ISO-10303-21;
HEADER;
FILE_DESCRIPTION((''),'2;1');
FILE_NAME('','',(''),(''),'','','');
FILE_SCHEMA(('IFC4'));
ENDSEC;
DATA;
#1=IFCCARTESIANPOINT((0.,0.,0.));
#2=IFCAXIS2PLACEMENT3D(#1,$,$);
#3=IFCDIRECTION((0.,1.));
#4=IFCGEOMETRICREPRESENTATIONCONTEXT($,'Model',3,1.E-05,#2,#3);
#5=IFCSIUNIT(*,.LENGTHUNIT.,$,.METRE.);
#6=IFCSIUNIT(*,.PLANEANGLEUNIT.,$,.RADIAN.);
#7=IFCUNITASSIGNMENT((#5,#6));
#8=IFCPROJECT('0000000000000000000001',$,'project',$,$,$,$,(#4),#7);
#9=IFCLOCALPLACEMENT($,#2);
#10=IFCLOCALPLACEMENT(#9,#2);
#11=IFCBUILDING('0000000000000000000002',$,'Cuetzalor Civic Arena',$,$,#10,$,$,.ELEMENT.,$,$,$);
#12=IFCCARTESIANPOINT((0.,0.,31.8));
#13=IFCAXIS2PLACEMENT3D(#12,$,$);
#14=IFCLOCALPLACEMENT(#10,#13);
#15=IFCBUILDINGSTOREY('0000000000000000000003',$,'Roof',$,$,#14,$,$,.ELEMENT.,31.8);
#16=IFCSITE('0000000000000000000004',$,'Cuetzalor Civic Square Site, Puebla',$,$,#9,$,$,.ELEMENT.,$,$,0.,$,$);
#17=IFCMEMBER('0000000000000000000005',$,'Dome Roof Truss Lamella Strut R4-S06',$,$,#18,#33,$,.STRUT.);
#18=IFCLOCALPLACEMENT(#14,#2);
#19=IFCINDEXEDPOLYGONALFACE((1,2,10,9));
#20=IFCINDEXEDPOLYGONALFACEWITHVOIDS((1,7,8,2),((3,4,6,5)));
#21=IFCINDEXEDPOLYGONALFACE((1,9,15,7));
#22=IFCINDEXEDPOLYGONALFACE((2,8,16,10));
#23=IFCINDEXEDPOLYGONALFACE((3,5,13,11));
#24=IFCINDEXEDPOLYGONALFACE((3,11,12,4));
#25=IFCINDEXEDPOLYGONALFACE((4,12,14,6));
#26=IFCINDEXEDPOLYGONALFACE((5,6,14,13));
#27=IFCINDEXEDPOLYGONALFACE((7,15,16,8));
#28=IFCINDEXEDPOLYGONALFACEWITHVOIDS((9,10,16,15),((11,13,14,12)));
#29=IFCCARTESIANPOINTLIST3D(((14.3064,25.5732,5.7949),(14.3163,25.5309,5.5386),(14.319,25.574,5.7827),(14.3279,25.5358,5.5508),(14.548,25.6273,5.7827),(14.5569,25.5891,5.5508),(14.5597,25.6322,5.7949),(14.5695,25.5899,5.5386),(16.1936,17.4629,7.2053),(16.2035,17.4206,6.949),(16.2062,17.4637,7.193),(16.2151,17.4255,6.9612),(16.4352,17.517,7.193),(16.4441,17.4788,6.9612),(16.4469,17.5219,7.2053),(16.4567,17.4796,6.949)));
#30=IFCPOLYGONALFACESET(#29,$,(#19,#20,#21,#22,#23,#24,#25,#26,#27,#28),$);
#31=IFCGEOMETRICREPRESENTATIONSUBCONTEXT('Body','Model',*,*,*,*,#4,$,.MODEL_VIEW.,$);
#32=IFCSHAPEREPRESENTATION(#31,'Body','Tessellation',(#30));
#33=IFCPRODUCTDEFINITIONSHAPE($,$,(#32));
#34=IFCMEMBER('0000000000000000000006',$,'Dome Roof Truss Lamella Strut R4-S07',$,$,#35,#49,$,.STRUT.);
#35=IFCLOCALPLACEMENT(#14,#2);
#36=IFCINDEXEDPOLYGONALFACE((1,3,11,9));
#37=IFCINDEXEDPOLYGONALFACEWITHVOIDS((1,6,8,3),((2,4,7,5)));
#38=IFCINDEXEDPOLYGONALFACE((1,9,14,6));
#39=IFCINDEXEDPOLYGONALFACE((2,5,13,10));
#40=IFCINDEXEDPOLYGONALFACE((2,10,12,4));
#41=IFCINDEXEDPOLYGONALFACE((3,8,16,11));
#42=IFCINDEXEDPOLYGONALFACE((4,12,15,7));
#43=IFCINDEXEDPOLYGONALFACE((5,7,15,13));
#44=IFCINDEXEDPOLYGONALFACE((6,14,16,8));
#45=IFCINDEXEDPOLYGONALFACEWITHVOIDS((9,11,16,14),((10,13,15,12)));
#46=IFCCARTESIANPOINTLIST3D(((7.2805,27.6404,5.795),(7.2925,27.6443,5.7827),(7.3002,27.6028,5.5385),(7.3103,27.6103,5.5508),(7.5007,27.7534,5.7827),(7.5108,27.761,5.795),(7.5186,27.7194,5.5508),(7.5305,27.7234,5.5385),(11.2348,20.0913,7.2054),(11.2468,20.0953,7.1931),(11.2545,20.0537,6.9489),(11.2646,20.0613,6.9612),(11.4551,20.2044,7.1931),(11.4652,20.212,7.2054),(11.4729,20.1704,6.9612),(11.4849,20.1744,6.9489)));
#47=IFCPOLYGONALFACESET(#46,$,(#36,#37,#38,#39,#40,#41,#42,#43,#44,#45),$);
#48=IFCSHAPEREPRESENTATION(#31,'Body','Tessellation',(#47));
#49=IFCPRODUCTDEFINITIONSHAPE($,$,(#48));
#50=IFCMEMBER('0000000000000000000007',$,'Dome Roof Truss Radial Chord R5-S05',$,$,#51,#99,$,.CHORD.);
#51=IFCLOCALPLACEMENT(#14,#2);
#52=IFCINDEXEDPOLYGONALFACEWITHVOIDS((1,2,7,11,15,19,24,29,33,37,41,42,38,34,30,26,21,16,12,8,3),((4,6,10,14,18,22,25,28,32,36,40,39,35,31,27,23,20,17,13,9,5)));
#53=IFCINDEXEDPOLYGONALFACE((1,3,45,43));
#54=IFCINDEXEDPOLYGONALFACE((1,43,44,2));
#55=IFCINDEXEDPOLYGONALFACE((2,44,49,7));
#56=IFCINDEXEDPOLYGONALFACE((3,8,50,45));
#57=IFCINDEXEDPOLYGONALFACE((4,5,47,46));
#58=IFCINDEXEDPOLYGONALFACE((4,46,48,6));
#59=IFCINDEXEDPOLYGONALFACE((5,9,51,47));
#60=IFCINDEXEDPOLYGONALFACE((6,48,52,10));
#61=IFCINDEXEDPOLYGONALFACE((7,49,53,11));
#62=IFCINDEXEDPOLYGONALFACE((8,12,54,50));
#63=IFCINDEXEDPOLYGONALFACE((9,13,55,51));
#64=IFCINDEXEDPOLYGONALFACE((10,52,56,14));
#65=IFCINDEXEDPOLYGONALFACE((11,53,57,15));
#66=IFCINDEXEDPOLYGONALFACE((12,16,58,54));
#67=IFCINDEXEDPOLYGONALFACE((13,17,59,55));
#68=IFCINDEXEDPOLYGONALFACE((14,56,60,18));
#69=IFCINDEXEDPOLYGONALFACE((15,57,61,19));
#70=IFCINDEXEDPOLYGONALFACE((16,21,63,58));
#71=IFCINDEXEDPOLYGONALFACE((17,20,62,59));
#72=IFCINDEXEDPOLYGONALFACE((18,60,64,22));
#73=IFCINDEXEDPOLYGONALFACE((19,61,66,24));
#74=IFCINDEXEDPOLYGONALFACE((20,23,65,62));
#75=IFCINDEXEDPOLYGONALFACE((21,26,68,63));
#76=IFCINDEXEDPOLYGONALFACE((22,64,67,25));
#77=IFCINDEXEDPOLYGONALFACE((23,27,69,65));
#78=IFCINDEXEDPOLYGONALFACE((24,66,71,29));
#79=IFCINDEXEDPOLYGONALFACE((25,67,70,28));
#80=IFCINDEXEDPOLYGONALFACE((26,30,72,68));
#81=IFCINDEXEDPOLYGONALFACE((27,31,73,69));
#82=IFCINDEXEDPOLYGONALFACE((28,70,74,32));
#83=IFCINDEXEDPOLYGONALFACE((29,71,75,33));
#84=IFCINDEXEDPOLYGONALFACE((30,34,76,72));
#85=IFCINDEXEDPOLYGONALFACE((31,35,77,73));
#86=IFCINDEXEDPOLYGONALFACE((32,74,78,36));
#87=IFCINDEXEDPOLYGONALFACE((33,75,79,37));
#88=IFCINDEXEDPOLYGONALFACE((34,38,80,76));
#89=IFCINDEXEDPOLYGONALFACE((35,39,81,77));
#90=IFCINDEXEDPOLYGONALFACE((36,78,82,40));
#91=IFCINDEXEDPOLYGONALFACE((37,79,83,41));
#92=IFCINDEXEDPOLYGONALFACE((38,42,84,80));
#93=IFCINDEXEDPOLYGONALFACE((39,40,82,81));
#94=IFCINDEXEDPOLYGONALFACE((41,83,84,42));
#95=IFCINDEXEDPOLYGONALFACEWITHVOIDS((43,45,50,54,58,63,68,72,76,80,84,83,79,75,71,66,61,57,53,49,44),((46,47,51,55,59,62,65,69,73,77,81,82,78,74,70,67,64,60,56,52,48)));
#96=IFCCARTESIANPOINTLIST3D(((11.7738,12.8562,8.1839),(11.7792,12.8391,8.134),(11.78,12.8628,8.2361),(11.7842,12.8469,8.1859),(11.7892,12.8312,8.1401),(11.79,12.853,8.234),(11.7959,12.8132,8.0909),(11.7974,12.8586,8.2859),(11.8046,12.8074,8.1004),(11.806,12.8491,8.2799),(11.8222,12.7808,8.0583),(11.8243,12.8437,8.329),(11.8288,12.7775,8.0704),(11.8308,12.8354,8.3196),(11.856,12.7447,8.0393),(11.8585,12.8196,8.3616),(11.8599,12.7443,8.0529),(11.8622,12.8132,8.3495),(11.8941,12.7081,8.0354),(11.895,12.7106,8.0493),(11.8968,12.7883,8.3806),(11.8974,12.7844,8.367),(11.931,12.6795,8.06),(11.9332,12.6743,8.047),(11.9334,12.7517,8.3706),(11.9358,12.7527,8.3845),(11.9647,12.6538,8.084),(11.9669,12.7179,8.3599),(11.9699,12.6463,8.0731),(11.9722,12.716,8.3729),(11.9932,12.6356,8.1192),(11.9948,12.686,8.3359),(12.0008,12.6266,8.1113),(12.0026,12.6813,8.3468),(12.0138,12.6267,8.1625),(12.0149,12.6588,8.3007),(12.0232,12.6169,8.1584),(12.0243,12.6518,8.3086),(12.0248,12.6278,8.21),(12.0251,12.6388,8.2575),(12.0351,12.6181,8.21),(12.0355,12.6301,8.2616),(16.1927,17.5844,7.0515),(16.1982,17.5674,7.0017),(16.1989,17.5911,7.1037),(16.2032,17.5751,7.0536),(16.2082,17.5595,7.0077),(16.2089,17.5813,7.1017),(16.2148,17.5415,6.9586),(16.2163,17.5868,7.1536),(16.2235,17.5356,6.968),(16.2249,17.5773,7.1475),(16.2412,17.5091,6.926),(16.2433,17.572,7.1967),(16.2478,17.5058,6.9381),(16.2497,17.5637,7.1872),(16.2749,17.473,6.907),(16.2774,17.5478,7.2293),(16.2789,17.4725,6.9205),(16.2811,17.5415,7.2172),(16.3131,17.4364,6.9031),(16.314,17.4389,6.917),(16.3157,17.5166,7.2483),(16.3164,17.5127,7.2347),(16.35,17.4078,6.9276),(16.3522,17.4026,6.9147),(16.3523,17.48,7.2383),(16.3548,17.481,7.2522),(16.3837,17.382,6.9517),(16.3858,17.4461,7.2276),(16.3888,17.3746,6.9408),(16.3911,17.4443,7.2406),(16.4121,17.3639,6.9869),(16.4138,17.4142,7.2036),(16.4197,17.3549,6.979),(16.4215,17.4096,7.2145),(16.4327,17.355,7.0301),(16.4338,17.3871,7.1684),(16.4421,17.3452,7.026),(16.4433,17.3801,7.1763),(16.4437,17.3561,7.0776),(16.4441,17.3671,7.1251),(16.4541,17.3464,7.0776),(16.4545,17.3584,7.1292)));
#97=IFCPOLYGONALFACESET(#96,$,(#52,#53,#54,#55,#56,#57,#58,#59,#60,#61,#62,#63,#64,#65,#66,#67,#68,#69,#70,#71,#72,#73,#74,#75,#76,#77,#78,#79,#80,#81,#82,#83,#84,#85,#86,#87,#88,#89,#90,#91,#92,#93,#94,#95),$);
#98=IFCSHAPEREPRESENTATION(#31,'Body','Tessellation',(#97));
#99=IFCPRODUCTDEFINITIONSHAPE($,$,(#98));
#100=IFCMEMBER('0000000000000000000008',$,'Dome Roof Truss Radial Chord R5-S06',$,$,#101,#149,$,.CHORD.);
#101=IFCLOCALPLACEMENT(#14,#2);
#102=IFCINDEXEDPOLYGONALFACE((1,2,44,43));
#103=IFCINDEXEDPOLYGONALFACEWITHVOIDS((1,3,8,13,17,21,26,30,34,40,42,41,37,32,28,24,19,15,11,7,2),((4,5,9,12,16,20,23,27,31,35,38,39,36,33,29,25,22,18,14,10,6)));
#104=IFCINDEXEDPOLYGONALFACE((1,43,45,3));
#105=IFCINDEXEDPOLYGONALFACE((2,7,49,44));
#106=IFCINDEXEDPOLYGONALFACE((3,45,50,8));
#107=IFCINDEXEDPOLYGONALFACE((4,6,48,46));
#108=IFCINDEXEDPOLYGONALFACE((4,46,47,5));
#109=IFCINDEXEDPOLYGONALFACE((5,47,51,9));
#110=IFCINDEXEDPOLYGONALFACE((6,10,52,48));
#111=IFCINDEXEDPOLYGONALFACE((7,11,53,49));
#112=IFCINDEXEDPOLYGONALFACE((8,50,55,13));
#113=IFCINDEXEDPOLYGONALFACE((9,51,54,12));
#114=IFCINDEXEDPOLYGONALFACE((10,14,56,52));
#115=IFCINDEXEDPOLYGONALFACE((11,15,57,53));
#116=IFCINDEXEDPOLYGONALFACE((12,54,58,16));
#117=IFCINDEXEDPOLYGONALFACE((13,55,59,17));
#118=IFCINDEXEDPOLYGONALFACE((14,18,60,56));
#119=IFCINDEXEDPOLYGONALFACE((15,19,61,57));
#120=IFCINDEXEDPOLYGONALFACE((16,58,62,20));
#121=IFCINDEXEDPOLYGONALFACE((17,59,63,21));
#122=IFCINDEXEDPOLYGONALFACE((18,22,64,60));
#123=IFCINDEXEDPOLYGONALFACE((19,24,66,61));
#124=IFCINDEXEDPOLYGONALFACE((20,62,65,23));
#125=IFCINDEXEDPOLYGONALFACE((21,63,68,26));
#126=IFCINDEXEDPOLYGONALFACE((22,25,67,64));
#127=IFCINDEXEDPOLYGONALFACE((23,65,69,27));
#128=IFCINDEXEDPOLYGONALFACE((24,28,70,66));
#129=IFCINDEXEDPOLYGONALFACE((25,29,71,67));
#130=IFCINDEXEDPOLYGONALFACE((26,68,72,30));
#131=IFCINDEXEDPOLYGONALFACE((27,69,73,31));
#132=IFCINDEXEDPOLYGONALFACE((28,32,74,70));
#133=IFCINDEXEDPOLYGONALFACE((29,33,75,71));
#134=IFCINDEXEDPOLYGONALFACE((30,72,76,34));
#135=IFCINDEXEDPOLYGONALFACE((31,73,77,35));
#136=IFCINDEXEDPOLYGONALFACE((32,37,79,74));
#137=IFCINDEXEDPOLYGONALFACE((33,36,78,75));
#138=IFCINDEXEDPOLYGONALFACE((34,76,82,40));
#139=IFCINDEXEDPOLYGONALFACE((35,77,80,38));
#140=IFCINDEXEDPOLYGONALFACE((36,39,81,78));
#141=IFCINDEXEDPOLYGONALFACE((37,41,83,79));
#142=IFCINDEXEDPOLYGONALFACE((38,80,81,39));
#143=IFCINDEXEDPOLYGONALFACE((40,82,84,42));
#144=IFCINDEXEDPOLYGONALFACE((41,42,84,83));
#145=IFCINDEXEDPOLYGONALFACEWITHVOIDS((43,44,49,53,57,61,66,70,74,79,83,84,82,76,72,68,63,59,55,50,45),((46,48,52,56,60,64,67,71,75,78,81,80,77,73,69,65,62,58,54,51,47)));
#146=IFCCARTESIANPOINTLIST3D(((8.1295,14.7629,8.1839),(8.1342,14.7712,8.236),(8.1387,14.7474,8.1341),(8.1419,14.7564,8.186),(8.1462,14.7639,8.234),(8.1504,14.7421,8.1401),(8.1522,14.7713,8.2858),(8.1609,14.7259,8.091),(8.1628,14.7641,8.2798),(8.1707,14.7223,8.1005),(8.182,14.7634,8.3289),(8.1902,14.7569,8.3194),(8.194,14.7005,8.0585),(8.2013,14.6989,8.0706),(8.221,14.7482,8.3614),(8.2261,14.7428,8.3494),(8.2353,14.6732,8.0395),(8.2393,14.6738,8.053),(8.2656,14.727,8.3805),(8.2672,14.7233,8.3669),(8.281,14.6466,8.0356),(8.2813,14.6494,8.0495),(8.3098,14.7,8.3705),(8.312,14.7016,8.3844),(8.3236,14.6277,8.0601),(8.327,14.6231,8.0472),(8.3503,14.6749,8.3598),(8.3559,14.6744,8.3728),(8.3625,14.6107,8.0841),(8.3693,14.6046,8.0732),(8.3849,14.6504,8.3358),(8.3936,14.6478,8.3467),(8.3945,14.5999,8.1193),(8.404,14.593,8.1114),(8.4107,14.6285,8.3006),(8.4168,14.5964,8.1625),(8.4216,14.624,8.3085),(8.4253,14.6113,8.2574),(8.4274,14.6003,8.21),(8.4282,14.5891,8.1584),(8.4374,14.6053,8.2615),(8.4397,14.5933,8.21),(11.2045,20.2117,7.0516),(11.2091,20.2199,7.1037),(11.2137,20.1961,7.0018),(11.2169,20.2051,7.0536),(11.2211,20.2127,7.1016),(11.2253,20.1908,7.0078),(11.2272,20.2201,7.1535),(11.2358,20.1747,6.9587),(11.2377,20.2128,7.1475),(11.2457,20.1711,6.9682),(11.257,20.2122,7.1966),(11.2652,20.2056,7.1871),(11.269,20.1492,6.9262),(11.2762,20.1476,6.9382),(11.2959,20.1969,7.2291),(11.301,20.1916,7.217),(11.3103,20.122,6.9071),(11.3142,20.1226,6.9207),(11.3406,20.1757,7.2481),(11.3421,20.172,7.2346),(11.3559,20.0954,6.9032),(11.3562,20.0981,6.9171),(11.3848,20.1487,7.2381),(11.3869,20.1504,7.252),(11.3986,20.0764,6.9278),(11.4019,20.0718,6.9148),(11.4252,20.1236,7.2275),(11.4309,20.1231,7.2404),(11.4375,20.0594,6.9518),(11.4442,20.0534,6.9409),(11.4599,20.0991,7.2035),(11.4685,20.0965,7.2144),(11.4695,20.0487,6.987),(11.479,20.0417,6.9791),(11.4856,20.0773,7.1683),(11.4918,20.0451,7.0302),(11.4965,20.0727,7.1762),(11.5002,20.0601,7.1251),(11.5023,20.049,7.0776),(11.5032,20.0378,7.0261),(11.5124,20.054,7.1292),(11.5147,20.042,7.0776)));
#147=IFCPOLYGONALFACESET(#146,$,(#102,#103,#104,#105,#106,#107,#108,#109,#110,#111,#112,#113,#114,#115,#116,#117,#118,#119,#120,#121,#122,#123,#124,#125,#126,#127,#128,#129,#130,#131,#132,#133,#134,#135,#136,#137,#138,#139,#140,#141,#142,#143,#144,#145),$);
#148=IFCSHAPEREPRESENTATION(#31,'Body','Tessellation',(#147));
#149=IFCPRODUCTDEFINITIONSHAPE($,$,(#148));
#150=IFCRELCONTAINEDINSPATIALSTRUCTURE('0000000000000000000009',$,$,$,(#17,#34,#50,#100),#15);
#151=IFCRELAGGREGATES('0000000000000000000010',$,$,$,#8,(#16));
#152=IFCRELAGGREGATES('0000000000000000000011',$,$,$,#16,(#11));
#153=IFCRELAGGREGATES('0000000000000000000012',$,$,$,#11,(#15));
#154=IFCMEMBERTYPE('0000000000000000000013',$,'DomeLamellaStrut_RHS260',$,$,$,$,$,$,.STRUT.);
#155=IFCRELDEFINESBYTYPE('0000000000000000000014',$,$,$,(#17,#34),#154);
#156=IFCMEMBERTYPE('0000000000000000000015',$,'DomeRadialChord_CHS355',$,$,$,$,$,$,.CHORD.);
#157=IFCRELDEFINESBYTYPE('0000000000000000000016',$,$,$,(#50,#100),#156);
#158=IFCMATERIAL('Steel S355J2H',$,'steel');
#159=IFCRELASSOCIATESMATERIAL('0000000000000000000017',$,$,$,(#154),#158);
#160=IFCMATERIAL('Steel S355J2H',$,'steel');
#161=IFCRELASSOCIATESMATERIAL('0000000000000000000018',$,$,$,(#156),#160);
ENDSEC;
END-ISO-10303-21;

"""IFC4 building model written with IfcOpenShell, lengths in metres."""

from ifc_helpers import new_model, si_unit, direction, frame, origin, origin_2d, place, context, subcontext, project, spatial, hollow_rectangle, hollow_circle, extrude, material, material_profile, profile_set, type_object, element, save


model = new_model("IFC4")

# Units and contexts
model_context = context("Model", 3, precision=1e-05, world=origin(), true_north=direction((0.0, 1.0)))
body_context = subcontext(model_context, "Body", "Model", "MODEL_VIEW")
ifc_project = project(units=[si_unit("LENGTHUNIT", "METRE"), si_unit("PLANEANGLEUNIT", "RADIAN")], contexts=[model_context])

# Site, building, storey
site_placement = place(None, origin())
site = spatial("IfcSite", under=ifc_project, at=site_placement, Name="Cuetzalor Civic Square Site, Puebla", CompositionType="ELEMENT", RefElevation=0.0)
building_placement = place(site_placement, origin())
building = spatial("IfcBuilding", under=site, at=building_placement, Name="Cuetzalor Civic Arena", CompositionType="ELEMENT")
storey_placement = place(building_placement, frame((0.0, 0.0, 31.8)))
storey = spatial("IfcBuildingStorey", under=building, at=storey_placement, Name="Roof", CompositionType="ELEMENT", Elevation=31.8)

# Members
ifc_material_1 = material(Name="Steel S355J2H", Category="steel")
ifc_material_profile_1 = material_profile(ifc_material_1, hollow_rectangle(XDim=0.26, YDim=0.26, WallThickness=0.0125, at=origin_2d()), Name="RHS 260x260x12.5")
ifc_profile_set_1 = profile_set([ifc_material_profile_1], Name="Steel S355J2H")
member_type_1 = type_object("IfcMemberType", Name="DomeLamellaStrut_RHS260", PredefinedType="STRUT", material=ifc_profile_set_1)
member_1_placement = place(storey_placement, frame((14.438, 25.5815, 5.6667), z_axis=(0.223454, -0.960302, 0.166998), x_axis=(0.973979, 0.226636, 0.0)))
element("IfcMember", 1, at=member_1_placement, inside=storey, type_object=member_type_1, Name="Dome Roof Truss Lamella Strut R4-S06", PredefinedType="STRUT", context=body_context, shape_type="SweptSolid", body=[
    extrude(hollow_rectangle(XDim=0.26, YDim=0.26, WallThickness=0.0125, at=origin_2d()), origin(), (0.0, 0.0, 1.0), 8.4456),
])
member_2_placement = place(storey_placement, frame((7.4055, 27.6819, 5.6667), z_axis=(0.457786, -0.87394, 0.163279), x_axis=(0.885828, 0.464013, 0.0)))
element("IfcMember", 2, at=member_2_placement, inside=storey, type_object=member_type_1, Name="Dome Roof Truss Lamella Strut R4-S07", PredefinedType="STRUT", context=body_context, shape_type="SweptSolid", body=[
    extrude(hollow_rectangle(XDim=0.26, YDim=0.26, WallThickness=0.0125, at=origin_2d()), origin(), (0.0, 0.0, 1.0), 8.6379),
])
ifc_material_2 = material(Name="Steel S355J2H", Category="steel")
ifc_material_profile_2 = material_profile(ifc_material_2, hollow_circle(Radius=0.1777, WallThickness=0.0142, at=origin_2d()), Name="CHS 355.6x14.2")
ifc_profile_set_2 = profile_set([ifc_material_profile_2], Name="Steel S355J2H")
member_type_2 = type_object("IfcMemberType", Name="DomeRadialChord_CHS355", PredefinedType="CHORD", material=ifc_profile_set_2)
member_3_placement = place(storey_placement, frame((16.3242, 17.4678, 7.0776), z_axis=(-0.672588, -0.719669, 0.172346), x_axis=(0.730601, -0.682805, 0.0)))
element("IfcMember", 3, at=member_3_placement, inside=storey, type_object=member_type_2, Name="Dome Roof Truss Radial Chord R5-S05", PredefinedType="CHORD", context=body_context, shape_type="SweptSolid", body=[
    extrude(hollow_circle(Radius=0.1777, WallThickness=0.0142, at=origin_2d()), origin(), (0.0, 0.0, 1.0), 6.5701),
])
member_4_placement = place(storey_placement, frame((11.3599, 20.1294, 7.0776), z_axis=(-0.483623, -0.856967, 0.17809), x_axis=(0.870889, -0.49148, 0.0)))
element("IfcMember", 4, at=member_4_placement, inside=storey, type_object=member_type_2, Name="Dome Roof Truss Radial Chord R5-S06", PredefinedType="CHORD", context=body_context, shape_type="SweptSolid", body=[
    extrude(hollow_circle(Radius=0.1777, WallThickness=0.0142, at=origin_2d()), origin(), (0.0, 0.0, 1.0), 6.3582),
])

save(model, "model.ifc")
